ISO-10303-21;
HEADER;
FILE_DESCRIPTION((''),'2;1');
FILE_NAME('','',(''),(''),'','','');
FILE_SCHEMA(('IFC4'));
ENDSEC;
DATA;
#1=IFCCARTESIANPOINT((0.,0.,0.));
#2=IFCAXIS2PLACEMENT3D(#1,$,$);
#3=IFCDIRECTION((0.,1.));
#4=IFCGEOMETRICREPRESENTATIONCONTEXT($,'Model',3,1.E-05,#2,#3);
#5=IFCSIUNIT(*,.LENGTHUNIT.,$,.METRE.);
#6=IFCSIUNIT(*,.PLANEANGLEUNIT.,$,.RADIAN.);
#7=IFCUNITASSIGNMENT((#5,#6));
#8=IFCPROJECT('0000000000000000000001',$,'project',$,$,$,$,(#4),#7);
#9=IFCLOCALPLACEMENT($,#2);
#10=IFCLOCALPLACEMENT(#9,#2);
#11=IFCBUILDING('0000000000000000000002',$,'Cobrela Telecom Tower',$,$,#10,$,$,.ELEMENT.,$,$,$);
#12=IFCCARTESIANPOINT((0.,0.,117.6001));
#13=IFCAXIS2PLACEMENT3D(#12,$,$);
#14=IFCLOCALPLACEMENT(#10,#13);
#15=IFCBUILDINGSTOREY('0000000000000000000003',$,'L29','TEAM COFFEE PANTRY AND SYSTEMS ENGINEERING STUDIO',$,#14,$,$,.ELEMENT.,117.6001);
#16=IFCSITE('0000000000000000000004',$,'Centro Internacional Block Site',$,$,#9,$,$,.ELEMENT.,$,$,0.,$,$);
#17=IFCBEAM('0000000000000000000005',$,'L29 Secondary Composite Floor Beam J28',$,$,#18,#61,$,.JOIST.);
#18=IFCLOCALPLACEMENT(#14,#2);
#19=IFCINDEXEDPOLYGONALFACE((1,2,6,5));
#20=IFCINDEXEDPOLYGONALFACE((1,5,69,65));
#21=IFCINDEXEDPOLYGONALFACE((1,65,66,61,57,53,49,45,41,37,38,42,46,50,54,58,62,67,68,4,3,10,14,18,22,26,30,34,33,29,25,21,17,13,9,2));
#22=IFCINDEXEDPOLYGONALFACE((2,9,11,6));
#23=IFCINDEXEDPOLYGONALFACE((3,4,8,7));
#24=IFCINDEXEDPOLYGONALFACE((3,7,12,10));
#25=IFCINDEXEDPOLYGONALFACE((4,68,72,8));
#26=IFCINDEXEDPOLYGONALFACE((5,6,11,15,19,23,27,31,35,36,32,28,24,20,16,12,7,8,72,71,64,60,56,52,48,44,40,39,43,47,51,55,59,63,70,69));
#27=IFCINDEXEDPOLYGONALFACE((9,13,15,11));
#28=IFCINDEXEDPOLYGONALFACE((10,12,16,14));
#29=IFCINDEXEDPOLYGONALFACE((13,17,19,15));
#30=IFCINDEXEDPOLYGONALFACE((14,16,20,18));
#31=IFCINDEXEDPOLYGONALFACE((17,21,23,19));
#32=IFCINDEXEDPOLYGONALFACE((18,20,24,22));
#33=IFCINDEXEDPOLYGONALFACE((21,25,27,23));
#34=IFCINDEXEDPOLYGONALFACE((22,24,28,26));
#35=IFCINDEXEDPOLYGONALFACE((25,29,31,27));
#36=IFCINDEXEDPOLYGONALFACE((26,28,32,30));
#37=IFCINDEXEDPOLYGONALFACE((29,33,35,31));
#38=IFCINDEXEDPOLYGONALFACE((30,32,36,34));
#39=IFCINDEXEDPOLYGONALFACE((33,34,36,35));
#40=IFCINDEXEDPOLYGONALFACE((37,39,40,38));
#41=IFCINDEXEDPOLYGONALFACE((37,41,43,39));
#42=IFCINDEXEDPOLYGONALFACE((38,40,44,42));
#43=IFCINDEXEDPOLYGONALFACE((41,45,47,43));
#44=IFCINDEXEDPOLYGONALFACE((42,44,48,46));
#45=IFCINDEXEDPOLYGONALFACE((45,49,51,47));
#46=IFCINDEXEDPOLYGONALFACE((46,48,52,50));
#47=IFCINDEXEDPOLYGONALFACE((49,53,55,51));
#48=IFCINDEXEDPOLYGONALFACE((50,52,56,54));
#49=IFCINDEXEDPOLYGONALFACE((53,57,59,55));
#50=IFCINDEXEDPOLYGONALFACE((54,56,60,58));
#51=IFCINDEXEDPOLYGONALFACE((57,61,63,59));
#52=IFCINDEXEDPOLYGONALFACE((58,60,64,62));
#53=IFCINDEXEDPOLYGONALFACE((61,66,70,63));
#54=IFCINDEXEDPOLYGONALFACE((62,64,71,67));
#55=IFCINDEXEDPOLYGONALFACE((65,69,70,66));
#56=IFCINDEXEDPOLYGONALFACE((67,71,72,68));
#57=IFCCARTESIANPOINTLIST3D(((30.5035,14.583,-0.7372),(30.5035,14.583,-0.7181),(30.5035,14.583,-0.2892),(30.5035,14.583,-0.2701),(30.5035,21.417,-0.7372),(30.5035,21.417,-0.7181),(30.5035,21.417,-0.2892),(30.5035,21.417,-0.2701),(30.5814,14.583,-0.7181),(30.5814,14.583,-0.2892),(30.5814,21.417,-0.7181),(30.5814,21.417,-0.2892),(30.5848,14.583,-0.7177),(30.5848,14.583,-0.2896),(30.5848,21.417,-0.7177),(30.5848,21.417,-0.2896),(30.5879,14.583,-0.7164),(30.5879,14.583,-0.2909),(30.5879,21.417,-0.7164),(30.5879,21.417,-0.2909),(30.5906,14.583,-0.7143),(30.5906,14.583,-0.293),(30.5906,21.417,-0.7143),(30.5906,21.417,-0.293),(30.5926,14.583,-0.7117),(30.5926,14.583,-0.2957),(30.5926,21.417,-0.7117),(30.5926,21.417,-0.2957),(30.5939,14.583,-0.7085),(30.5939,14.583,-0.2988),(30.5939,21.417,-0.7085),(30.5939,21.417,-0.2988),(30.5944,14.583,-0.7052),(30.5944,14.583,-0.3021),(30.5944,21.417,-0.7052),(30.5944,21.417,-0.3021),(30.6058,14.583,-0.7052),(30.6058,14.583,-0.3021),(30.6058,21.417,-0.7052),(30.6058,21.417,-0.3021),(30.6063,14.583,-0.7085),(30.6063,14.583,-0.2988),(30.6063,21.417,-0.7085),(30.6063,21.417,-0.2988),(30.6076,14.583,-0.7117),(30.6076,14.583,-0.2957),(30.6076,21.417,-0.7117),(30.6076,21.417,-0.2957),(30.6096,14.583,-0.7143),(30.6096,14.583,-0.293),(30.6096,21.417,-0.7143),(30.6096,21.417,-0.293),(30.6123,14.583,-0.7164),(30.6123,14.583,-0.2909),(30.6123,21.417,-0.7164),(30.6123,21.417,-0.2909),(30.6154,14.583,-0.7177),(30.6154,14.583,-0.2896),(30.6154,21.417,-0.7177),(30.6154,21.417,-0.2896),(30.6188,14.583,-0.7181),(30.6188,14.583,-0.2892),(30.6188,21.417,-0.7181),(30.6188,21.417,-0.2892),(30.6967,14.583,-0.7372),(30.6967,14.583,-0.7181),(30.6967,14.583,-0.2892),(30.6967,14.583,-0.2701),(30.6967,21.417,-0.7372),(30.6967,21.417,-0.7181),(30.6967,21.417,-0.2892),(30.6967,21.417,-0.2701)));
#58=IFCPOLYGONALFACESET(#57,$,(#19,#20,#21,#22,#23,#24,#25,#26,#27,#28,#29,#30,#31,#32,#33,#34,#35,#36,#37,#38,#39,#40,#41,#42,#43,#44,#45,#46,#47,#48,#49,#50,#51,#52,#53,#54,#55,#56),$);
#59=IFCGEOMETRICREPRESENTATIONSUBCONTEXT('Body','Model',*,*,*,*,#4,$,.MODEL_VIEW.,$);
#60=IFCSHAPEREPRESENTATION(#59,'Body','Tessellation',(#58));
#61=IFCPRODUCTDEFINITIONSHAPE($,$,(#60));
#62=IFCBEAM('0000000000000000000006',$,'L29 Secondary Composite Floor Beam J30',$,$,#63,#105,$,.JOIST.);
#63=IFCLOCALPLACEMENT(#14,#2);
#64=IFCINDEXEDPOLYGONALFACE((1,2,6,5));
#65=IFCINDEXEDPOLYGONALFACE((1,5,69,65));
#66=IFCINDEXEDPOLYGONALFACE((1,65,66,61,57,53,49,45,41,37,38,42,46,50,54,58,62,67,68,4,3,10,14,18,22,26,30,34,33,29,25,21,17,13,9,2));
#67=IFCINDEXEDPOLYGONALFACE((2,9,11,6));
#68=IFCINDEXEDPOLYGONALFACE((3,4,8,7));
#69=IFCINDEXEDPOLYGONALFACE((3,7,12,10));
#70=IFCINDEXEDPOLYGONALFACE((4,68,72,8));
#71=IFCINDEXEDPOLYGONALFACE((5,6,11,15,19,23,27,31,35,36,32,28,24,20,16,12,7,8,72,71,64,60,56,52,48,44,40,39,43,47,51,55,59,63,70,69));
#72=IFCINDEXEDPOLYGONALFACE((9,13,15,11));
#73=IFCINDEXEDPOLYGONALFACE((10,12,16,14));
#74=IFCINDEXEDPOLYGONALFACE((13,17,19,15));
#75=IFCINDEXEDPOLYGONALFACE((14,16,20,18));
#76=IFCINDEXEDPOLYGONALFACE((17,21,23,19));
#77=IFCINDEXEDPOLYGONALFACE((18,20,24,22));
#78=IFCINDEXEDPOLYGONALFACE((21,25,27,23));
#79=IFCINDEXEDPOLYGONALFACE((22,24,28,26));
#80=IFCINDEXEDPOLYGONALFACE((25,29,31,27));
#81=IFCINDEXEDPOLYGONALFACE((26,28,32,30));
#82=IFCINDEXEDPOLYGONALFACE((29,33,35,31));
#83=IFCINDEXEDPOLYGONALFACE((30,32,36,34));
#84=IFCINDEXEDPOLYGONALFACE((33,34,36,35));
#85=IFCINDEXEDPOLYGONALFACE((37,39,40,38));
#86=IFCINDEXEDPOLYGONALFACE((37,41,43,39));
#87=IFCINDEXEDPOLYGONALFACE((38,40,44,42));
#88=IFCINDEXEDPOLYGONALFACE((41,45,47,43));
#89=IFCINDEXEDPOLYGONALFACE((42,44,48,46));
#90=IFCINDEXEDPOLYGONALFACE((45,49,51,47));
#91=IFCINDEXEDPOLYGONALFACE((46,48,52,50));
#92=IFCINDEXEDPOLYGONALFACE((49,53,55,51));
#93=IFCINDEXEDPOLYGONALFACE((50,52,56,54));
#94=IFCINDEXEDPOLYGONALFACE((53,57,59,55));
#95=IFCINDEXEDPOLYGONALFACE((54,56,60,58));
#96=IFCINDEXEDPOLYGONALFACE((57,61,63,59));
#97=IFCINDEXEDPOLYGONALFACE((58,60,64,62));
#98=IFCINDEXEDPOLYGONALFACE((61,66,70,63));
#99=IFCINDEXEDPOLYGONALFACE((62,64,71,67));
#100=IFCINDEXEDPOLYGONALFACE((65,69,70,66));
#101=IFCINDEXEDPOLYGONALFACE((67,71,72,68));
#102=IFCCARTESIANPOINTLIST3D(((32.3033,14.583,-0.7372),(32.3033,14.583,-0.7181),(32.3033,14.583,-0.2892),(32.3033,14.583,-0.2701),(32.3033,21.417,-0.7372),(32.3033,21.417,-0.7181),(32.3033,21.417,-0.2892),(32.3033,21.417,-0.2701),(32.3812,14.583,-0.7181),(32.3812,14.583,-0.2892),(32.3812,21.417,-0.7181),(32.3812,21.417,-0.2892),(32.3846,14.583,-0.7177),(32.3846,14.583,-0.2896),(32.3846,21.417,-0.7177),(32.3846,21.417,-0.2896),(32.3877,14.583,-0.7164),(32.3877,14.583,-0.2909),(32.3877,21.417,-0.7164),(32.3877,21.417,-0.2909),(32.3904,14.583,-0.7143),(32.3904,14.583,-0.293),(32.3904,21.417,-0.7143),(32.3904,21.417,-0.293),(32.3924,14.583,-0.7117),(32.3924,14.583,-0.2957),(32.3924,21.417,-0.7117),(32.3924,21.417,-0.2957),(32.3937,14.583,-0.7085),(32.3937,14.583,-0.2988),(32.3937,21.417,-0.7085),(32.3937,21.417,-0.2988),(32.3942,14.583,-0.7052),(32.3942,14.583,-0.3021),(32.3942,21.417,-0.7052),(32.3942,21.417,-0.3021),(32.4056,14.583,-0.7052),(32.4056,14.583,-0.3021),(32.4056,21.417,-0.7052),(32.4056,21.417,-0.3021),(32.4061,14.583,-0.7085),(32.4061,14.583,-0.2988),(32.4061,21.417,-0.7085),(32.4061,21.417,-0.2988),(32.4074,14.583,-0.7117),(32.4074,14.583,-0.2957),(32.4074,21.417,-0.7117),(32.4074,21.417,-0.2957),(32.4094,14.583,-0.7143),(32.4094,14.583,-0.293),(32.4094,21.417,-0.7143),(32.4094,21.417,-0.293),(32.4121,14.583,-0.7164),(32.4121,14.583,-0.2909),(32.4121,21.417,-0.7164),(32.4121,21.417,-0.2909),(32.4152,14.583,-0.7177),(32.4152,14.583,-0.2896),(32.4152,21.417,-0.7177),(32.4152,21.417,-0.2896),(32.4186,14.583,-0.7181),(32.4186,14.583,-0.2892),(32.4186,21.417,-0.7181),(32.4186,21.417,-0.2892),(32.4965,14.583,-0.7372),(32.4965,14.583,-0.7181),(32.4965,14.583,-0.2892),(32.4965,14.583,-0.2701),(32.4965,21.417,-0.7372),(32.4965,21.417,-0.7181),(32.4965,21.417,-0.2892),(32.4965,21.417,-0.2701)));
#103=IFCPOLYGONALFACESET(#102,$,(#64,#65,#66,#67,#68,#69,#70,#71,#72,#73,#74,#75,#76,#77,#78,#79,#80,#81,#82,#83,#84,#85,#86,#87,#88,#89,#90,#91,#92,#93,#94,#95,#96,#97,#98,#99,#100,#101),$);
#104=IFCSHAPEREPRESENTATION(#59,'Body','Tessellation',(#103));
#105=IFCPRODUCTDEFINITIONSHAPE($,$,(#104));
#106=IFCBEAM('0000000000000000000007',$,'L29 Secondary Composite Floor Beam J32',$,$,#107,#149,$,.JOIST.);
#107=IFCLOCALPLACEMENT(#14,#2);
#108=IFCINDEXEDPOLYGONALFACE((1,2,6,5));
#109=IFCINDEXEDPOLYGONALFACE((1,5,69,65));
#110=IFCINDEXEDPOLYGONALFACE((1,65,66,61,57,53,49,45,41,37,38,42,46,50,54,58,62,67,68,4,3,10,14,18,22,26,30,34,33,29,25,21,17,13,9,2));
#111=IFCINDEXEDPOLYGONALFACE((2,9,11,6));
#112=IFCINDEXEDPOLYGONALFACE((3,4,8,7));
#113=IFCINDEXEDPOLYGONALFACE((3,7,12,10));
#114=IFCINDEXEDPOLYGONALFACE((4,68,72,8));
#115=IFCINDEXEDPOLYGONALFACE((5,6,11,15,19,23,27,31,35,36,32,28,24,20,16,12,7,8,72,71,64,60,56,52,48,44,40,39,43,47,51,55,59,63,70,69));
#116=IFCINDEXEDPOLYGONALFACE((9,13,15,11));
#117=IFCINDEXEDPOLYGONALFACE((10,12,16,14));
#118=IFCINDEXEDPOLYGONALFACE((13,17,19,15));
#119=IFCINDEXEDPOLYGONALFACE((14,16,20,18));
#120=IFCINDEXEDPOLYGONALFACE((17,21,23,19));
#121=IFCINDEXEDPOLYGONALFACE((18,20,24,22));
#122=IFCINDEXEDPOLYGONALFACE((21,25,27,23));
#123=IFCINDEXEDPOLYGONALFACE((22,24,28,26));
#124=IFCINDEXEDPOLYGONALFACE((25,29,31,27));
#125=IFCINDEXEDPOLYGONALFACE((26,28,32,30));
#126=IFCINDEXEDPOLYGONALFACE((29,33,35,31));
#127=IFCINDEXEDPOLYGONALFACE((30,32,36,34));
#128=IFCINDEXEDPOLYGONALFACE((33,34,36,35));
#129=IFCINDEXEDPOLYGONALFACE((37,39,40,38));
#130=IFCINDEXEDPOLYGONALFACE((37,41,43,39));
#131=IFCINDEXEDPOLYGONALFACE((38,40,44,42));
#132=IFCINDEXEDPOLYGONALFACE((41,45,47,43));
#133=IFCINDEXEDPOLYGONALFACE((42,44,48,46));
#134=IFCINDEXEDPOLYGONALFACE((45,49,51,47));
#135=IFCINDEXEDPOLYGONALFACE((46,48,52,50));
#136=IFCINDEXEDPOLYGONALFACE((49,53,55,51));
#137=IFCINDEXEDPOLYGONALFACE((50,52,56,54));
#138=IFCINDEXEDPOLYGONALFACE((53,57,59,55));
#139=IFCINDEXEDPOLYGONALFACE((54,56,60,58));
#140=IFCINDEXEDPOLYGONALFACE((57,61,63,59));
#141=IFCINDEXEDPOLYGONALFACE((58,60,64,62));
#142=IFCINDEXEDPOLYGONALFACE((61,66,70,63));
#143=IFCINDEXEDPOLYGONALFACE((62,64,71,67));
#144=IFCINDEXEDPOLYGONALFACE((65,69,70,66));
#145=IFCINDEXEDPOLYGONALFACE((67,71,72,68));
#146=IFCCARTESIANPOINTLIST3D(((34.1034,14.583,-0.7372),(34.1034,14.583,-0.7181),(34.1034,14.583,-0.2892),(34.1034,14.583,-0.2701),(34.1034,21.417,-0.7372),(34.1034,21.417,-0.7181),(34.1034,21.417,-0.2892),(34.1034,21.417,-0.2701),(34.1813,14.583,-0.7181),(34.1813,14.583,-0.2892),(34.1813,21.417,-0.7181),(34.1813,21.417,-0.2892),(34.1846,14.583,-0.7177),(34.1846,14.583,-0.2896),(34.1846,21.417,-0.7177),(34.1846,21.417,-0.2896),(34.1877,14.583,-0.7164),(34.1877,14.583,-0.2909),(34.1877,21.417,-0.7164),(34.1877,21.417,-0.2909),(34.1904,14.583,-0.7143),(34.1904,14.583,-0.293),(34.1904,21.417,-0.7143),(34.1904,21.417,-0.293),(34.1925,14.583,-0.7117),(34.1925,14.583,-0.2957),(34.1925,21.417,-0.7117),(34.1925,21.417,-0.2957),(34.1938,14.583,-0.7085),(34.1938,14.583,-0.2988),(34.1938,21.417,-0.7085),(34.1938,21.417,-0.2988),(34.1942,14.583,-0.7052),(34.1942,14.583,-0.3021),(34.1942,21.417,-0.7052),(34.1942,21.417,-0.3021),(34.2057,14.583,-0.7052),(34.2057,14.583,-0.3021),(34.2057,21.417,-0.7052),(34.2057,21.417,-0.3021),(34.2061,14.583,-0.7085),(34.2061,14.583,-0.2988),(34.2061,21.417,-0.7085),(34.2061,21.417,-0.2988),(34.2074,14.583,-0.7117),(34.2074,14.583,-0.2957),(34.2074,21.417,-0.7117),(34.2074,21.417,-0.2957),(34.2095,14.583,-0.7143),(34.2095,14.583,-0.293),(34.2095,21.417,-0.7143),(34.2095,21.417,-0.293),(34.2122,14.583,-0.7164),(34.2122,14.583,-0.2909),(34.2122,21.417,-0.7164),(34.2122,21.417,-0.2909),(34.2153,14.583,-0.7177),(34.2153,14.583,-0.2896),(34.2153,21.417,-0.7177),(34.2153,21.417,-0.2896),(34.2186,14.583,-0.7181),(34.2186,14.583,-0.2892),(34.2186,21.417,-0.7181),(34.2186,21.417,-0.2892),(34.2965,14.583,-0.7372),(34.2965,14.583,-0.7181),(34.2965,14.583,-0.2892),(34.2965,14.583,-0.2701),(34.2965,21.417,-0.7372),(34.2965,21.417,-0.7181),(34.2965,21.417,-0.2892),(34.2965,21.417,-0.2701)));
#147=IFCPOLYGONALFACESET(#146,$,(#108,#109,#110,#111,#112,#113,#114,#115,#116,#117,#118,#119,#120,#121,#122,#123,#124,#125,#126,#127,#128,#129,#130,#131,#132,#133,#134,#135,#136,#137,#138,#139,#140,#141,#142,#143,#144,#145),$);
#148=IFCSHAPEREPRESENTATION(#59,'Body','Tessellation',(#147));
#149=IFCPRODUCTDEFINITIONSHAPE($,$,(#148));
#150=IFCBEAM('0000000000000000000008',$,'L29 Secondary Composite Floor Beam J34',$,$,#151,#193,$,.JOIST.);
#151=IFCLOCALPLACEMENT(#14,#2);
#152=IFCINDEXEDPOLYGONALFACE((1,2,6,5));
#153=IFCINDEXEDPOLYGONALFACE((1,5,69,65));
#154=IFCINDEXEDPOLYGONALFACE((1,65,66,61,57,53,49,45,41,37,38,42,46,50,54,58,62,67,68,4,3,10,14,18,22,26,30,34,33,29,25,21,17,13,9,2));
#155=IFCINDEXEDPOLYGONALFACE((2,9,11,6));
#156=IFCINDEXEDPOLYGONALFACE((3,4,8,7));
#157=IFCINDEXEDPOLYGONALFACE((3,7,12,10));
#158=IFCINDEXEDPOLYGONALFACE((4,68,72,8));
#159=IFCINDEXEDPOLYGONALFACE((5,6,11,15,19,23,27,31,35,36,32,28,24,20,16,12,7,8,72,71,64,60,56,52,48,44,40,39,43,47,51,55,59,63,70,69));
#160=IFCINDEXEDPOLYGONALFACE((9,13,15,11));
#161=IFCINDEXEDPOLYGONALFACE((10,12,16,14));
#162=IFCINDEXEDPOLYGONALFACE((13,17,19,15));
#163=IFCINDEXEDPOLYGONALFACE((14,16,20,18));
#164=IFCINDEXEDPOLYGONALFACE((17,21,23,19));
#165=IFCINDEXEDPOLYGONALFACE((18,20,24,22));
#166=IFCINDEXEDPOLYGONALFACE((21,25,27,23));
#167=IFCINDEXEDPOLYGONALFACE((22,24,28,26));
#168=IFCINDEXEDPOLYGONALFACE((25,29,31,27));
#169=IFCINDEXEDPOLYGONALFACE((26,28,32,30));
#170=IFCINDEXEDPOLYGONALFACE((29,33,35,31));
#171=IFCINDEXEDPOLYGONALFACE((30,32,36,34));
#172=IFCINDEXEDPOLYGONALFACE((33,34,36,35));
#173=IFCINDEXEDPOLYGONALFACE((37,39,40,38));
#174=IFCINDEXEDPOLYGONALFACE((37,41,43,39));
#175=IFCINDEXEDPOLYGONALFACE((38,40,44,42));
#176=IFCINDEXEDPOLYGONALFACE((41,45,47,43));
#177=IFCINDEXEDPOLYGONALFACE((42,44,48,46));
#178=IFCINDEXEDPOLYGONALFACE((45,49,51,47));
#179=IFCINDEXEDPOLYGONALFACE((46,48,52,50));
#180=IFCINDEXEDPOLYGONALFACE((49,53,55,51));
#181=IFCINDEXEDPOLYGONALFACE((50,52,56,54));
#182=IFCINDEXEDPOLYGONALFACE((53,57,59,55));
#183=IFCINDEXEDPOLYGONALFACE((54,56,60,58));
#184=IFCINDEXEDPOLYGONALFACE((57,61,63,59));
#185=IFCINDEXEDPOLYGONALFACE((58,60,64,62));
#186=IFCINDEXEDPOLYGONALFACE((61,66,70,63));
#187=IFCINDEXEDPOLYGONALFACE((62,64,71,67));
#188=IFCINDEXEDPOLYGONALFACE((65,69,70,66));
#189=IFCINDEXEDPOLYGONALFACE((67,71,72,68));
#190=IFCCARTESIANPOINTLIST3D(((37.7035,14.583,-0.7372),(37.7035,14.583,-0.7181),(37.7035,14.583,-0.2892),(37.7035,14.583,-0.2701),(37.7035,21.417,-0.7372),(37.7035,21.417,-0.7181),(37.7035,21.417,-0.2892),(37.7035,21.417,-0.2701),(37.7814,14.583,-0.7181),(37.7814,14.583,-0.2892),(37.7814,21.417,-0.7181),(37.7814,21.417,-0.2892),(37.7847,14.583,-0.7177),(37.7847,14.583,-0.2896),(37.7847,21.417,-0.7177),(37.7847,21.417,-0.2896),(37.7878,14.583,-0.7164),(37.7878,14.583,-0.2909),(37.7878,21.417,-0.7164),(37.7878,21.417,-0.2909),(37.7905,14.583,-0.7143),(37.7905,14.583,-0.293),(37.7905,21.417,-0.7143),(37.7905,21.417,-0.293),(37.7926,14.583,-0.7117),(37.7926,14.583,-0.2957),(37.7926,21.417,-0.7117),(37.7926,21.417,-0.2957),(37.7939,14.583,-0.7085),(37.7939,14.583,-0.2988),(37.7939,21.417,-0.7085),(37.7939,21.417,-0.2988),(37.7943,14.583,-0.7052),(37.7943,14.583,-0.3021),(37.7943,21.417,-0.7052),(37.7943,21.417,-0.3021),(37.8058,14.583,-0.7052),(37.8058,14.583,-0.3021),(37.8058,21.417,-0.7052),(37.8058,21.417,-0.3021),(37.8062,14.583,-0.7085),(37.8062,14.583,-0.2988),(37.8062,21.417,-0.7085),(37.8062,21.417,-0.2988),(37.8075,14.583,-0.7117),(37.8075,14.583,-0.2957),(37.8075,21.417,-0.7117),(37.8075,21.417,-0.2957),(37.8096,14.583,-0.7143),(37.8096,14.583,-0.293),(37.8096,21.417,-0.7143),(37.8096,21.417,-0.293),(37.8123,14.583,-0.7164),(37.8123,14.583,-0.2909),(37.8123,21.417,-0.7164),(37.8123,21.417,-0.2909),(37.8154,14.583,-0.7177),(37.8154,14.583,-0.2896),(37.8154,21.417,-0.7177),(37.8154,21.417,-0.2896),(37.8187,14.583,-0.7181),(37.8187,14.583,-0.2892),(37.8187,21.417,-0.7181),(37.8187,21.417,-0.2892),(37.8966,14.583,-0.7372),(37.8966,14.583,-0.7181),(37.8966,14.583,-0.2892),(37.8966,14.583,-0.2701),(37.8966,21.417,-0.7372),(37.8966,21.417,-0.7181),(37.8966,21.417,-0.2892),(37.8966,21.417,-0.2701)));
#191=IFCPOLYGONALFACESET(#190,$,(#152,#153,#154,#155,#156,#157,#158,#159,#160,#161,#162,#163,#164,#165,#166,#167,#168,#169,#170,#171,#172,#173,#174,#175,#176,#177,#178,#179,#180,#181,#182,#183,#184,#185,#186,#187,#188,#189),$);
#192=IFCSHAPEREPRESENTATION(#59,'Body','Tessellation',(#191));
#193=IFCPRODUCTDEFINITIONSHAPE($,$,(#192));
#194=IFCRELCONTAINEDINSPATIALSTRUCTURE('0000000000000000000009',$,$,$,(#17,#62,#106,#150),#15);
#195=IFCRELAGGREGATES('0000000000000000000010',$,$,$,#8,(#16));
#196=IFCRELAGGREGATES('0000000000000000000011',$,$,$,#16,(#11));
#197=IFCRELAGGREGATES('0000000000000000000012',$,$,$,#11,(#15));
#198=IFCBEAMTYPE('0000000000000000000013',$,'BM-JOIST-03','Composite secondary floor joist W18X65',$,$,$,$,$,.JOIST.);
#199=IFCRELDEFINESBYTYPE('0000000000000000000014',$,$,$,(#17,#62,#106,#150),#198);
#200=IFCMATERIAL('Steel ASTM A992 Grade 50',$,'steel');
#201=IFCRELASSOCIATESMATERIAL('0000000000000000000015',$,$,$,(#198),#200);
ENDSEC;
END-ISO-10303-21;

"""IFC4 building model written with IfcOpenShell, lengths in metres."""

from ifc_helpers import new_model, si_unit, direction, frame, origin, origin_2d, place, context, subcontext, project, spatial, i_section, extrude, material, material_profile, profile_set, type_object, element, save


model = new_model("IFC4")

# Units and contexts
model_context = context("Model", 3, precision=1e-05, world=origin(), true_north=direction((0.0, 1.0)))
body_context = subcontext(model_context, "Body", "Model", "MODEL_VIEW")
ifc_project = project(units=[si_unit("LENGTHUNIT", "METRE"), si_unit("PLANEANGLEUNIT", "RADIAN")], contexts=[model_context])

# Site, building, storey
site_placement = place(None, origin())
site = spatial("IfcSite", under=ifc_project, at=site_placement, Name="Centro Internacional Block Site", CompositionType="ELEMENT", RefElevation=0.0)
building_placement = place(site_placement, origin())
building = spatial("IfcBuilding", under=site, at=building_placement, Name="Cobrela Telecom Tower", CompositionType="ELEMENT")
storey_placement = place(building_placement, frame((0.0, 0.0, 117.6001)))
storey = spatial("IfcBuildingStorey", under=building, at=storey_placement, Name="L29", Description="TEAM COFFEE PANTRY AND SYSTEMS ENGINEERING STUDIO", CompositionType="ELEMENT", Elevation=117.6001)

# Shared definitions
ifc_material_1 = material(Name="Steel ASTM A992 Grade 50", Category="steel")

# Beams
ifc_material_profile_1 = material_profile(ifc_material_1, i_section(OverallWidth=0.1931, OverallDepth=0.467, WebThickness=0.0115, FlangeThickness=0.019, FilletRadius=0.0129, at=origin_2d()), Name="W18X65")
ifc_profile_set_1 = profile_set([ifc_material_profile_1], Name="Steel ASTM A992 Grade 50")
beam_type_1 = type_object("IfcBeamType", Name="BM-JOIST-03", Description="Composite secondary floor joist W18X65", PredefinedType="JOIST", material=ifc_profile_set_1)
for number, where, z_axis, x_axis, name in (
    (1, (30.6001, 14.583, -0.5037), (0.0, 1.0, 0.0), (-1.0, 0.0, 0.0), "L29 Secondary Composite Floor Beam J28"),
    (2, (32.3999, 14.583, -0.5037), (0.0, 1.0, 0.0), (-1.0, 0.0, 0.0), "L29 Secondary Composite Floor Beam J30"),
    (3, (34.2, 14.583, -0.5037), (0.0, 1.0, 0.0), (-1.0, 0.0, 0.0), "L29 Secondary Composite Floor Beam J32"),
    (4, (37.8, 14.583, -0.5037), (0.0, 1.0, 0.0), (-1.0, 0.0, 0.0), "L29 Secondary Composite Floor Beam J34"),
):
    element("IfcBeam", number, at=place(storey_placement, frame(where, z_axis=z_axis, x_axis=x_axis)), inside=storey, type_object=beam_type_1, Name=name, PredefinedType="JOIST", context=body_context, shape_type="SweptSolid", body=[
        extrude(i_section(OverallWidth=0.1931, OverallDepth=0.467, WebThickness=0.0115, FlangeThickness=0.019, FilletRadius=0.0129, at=origin_2d()), origin(), (0.0, 0.0, 1.0), 6.834),
    ])

save(model, "model.ifc")
